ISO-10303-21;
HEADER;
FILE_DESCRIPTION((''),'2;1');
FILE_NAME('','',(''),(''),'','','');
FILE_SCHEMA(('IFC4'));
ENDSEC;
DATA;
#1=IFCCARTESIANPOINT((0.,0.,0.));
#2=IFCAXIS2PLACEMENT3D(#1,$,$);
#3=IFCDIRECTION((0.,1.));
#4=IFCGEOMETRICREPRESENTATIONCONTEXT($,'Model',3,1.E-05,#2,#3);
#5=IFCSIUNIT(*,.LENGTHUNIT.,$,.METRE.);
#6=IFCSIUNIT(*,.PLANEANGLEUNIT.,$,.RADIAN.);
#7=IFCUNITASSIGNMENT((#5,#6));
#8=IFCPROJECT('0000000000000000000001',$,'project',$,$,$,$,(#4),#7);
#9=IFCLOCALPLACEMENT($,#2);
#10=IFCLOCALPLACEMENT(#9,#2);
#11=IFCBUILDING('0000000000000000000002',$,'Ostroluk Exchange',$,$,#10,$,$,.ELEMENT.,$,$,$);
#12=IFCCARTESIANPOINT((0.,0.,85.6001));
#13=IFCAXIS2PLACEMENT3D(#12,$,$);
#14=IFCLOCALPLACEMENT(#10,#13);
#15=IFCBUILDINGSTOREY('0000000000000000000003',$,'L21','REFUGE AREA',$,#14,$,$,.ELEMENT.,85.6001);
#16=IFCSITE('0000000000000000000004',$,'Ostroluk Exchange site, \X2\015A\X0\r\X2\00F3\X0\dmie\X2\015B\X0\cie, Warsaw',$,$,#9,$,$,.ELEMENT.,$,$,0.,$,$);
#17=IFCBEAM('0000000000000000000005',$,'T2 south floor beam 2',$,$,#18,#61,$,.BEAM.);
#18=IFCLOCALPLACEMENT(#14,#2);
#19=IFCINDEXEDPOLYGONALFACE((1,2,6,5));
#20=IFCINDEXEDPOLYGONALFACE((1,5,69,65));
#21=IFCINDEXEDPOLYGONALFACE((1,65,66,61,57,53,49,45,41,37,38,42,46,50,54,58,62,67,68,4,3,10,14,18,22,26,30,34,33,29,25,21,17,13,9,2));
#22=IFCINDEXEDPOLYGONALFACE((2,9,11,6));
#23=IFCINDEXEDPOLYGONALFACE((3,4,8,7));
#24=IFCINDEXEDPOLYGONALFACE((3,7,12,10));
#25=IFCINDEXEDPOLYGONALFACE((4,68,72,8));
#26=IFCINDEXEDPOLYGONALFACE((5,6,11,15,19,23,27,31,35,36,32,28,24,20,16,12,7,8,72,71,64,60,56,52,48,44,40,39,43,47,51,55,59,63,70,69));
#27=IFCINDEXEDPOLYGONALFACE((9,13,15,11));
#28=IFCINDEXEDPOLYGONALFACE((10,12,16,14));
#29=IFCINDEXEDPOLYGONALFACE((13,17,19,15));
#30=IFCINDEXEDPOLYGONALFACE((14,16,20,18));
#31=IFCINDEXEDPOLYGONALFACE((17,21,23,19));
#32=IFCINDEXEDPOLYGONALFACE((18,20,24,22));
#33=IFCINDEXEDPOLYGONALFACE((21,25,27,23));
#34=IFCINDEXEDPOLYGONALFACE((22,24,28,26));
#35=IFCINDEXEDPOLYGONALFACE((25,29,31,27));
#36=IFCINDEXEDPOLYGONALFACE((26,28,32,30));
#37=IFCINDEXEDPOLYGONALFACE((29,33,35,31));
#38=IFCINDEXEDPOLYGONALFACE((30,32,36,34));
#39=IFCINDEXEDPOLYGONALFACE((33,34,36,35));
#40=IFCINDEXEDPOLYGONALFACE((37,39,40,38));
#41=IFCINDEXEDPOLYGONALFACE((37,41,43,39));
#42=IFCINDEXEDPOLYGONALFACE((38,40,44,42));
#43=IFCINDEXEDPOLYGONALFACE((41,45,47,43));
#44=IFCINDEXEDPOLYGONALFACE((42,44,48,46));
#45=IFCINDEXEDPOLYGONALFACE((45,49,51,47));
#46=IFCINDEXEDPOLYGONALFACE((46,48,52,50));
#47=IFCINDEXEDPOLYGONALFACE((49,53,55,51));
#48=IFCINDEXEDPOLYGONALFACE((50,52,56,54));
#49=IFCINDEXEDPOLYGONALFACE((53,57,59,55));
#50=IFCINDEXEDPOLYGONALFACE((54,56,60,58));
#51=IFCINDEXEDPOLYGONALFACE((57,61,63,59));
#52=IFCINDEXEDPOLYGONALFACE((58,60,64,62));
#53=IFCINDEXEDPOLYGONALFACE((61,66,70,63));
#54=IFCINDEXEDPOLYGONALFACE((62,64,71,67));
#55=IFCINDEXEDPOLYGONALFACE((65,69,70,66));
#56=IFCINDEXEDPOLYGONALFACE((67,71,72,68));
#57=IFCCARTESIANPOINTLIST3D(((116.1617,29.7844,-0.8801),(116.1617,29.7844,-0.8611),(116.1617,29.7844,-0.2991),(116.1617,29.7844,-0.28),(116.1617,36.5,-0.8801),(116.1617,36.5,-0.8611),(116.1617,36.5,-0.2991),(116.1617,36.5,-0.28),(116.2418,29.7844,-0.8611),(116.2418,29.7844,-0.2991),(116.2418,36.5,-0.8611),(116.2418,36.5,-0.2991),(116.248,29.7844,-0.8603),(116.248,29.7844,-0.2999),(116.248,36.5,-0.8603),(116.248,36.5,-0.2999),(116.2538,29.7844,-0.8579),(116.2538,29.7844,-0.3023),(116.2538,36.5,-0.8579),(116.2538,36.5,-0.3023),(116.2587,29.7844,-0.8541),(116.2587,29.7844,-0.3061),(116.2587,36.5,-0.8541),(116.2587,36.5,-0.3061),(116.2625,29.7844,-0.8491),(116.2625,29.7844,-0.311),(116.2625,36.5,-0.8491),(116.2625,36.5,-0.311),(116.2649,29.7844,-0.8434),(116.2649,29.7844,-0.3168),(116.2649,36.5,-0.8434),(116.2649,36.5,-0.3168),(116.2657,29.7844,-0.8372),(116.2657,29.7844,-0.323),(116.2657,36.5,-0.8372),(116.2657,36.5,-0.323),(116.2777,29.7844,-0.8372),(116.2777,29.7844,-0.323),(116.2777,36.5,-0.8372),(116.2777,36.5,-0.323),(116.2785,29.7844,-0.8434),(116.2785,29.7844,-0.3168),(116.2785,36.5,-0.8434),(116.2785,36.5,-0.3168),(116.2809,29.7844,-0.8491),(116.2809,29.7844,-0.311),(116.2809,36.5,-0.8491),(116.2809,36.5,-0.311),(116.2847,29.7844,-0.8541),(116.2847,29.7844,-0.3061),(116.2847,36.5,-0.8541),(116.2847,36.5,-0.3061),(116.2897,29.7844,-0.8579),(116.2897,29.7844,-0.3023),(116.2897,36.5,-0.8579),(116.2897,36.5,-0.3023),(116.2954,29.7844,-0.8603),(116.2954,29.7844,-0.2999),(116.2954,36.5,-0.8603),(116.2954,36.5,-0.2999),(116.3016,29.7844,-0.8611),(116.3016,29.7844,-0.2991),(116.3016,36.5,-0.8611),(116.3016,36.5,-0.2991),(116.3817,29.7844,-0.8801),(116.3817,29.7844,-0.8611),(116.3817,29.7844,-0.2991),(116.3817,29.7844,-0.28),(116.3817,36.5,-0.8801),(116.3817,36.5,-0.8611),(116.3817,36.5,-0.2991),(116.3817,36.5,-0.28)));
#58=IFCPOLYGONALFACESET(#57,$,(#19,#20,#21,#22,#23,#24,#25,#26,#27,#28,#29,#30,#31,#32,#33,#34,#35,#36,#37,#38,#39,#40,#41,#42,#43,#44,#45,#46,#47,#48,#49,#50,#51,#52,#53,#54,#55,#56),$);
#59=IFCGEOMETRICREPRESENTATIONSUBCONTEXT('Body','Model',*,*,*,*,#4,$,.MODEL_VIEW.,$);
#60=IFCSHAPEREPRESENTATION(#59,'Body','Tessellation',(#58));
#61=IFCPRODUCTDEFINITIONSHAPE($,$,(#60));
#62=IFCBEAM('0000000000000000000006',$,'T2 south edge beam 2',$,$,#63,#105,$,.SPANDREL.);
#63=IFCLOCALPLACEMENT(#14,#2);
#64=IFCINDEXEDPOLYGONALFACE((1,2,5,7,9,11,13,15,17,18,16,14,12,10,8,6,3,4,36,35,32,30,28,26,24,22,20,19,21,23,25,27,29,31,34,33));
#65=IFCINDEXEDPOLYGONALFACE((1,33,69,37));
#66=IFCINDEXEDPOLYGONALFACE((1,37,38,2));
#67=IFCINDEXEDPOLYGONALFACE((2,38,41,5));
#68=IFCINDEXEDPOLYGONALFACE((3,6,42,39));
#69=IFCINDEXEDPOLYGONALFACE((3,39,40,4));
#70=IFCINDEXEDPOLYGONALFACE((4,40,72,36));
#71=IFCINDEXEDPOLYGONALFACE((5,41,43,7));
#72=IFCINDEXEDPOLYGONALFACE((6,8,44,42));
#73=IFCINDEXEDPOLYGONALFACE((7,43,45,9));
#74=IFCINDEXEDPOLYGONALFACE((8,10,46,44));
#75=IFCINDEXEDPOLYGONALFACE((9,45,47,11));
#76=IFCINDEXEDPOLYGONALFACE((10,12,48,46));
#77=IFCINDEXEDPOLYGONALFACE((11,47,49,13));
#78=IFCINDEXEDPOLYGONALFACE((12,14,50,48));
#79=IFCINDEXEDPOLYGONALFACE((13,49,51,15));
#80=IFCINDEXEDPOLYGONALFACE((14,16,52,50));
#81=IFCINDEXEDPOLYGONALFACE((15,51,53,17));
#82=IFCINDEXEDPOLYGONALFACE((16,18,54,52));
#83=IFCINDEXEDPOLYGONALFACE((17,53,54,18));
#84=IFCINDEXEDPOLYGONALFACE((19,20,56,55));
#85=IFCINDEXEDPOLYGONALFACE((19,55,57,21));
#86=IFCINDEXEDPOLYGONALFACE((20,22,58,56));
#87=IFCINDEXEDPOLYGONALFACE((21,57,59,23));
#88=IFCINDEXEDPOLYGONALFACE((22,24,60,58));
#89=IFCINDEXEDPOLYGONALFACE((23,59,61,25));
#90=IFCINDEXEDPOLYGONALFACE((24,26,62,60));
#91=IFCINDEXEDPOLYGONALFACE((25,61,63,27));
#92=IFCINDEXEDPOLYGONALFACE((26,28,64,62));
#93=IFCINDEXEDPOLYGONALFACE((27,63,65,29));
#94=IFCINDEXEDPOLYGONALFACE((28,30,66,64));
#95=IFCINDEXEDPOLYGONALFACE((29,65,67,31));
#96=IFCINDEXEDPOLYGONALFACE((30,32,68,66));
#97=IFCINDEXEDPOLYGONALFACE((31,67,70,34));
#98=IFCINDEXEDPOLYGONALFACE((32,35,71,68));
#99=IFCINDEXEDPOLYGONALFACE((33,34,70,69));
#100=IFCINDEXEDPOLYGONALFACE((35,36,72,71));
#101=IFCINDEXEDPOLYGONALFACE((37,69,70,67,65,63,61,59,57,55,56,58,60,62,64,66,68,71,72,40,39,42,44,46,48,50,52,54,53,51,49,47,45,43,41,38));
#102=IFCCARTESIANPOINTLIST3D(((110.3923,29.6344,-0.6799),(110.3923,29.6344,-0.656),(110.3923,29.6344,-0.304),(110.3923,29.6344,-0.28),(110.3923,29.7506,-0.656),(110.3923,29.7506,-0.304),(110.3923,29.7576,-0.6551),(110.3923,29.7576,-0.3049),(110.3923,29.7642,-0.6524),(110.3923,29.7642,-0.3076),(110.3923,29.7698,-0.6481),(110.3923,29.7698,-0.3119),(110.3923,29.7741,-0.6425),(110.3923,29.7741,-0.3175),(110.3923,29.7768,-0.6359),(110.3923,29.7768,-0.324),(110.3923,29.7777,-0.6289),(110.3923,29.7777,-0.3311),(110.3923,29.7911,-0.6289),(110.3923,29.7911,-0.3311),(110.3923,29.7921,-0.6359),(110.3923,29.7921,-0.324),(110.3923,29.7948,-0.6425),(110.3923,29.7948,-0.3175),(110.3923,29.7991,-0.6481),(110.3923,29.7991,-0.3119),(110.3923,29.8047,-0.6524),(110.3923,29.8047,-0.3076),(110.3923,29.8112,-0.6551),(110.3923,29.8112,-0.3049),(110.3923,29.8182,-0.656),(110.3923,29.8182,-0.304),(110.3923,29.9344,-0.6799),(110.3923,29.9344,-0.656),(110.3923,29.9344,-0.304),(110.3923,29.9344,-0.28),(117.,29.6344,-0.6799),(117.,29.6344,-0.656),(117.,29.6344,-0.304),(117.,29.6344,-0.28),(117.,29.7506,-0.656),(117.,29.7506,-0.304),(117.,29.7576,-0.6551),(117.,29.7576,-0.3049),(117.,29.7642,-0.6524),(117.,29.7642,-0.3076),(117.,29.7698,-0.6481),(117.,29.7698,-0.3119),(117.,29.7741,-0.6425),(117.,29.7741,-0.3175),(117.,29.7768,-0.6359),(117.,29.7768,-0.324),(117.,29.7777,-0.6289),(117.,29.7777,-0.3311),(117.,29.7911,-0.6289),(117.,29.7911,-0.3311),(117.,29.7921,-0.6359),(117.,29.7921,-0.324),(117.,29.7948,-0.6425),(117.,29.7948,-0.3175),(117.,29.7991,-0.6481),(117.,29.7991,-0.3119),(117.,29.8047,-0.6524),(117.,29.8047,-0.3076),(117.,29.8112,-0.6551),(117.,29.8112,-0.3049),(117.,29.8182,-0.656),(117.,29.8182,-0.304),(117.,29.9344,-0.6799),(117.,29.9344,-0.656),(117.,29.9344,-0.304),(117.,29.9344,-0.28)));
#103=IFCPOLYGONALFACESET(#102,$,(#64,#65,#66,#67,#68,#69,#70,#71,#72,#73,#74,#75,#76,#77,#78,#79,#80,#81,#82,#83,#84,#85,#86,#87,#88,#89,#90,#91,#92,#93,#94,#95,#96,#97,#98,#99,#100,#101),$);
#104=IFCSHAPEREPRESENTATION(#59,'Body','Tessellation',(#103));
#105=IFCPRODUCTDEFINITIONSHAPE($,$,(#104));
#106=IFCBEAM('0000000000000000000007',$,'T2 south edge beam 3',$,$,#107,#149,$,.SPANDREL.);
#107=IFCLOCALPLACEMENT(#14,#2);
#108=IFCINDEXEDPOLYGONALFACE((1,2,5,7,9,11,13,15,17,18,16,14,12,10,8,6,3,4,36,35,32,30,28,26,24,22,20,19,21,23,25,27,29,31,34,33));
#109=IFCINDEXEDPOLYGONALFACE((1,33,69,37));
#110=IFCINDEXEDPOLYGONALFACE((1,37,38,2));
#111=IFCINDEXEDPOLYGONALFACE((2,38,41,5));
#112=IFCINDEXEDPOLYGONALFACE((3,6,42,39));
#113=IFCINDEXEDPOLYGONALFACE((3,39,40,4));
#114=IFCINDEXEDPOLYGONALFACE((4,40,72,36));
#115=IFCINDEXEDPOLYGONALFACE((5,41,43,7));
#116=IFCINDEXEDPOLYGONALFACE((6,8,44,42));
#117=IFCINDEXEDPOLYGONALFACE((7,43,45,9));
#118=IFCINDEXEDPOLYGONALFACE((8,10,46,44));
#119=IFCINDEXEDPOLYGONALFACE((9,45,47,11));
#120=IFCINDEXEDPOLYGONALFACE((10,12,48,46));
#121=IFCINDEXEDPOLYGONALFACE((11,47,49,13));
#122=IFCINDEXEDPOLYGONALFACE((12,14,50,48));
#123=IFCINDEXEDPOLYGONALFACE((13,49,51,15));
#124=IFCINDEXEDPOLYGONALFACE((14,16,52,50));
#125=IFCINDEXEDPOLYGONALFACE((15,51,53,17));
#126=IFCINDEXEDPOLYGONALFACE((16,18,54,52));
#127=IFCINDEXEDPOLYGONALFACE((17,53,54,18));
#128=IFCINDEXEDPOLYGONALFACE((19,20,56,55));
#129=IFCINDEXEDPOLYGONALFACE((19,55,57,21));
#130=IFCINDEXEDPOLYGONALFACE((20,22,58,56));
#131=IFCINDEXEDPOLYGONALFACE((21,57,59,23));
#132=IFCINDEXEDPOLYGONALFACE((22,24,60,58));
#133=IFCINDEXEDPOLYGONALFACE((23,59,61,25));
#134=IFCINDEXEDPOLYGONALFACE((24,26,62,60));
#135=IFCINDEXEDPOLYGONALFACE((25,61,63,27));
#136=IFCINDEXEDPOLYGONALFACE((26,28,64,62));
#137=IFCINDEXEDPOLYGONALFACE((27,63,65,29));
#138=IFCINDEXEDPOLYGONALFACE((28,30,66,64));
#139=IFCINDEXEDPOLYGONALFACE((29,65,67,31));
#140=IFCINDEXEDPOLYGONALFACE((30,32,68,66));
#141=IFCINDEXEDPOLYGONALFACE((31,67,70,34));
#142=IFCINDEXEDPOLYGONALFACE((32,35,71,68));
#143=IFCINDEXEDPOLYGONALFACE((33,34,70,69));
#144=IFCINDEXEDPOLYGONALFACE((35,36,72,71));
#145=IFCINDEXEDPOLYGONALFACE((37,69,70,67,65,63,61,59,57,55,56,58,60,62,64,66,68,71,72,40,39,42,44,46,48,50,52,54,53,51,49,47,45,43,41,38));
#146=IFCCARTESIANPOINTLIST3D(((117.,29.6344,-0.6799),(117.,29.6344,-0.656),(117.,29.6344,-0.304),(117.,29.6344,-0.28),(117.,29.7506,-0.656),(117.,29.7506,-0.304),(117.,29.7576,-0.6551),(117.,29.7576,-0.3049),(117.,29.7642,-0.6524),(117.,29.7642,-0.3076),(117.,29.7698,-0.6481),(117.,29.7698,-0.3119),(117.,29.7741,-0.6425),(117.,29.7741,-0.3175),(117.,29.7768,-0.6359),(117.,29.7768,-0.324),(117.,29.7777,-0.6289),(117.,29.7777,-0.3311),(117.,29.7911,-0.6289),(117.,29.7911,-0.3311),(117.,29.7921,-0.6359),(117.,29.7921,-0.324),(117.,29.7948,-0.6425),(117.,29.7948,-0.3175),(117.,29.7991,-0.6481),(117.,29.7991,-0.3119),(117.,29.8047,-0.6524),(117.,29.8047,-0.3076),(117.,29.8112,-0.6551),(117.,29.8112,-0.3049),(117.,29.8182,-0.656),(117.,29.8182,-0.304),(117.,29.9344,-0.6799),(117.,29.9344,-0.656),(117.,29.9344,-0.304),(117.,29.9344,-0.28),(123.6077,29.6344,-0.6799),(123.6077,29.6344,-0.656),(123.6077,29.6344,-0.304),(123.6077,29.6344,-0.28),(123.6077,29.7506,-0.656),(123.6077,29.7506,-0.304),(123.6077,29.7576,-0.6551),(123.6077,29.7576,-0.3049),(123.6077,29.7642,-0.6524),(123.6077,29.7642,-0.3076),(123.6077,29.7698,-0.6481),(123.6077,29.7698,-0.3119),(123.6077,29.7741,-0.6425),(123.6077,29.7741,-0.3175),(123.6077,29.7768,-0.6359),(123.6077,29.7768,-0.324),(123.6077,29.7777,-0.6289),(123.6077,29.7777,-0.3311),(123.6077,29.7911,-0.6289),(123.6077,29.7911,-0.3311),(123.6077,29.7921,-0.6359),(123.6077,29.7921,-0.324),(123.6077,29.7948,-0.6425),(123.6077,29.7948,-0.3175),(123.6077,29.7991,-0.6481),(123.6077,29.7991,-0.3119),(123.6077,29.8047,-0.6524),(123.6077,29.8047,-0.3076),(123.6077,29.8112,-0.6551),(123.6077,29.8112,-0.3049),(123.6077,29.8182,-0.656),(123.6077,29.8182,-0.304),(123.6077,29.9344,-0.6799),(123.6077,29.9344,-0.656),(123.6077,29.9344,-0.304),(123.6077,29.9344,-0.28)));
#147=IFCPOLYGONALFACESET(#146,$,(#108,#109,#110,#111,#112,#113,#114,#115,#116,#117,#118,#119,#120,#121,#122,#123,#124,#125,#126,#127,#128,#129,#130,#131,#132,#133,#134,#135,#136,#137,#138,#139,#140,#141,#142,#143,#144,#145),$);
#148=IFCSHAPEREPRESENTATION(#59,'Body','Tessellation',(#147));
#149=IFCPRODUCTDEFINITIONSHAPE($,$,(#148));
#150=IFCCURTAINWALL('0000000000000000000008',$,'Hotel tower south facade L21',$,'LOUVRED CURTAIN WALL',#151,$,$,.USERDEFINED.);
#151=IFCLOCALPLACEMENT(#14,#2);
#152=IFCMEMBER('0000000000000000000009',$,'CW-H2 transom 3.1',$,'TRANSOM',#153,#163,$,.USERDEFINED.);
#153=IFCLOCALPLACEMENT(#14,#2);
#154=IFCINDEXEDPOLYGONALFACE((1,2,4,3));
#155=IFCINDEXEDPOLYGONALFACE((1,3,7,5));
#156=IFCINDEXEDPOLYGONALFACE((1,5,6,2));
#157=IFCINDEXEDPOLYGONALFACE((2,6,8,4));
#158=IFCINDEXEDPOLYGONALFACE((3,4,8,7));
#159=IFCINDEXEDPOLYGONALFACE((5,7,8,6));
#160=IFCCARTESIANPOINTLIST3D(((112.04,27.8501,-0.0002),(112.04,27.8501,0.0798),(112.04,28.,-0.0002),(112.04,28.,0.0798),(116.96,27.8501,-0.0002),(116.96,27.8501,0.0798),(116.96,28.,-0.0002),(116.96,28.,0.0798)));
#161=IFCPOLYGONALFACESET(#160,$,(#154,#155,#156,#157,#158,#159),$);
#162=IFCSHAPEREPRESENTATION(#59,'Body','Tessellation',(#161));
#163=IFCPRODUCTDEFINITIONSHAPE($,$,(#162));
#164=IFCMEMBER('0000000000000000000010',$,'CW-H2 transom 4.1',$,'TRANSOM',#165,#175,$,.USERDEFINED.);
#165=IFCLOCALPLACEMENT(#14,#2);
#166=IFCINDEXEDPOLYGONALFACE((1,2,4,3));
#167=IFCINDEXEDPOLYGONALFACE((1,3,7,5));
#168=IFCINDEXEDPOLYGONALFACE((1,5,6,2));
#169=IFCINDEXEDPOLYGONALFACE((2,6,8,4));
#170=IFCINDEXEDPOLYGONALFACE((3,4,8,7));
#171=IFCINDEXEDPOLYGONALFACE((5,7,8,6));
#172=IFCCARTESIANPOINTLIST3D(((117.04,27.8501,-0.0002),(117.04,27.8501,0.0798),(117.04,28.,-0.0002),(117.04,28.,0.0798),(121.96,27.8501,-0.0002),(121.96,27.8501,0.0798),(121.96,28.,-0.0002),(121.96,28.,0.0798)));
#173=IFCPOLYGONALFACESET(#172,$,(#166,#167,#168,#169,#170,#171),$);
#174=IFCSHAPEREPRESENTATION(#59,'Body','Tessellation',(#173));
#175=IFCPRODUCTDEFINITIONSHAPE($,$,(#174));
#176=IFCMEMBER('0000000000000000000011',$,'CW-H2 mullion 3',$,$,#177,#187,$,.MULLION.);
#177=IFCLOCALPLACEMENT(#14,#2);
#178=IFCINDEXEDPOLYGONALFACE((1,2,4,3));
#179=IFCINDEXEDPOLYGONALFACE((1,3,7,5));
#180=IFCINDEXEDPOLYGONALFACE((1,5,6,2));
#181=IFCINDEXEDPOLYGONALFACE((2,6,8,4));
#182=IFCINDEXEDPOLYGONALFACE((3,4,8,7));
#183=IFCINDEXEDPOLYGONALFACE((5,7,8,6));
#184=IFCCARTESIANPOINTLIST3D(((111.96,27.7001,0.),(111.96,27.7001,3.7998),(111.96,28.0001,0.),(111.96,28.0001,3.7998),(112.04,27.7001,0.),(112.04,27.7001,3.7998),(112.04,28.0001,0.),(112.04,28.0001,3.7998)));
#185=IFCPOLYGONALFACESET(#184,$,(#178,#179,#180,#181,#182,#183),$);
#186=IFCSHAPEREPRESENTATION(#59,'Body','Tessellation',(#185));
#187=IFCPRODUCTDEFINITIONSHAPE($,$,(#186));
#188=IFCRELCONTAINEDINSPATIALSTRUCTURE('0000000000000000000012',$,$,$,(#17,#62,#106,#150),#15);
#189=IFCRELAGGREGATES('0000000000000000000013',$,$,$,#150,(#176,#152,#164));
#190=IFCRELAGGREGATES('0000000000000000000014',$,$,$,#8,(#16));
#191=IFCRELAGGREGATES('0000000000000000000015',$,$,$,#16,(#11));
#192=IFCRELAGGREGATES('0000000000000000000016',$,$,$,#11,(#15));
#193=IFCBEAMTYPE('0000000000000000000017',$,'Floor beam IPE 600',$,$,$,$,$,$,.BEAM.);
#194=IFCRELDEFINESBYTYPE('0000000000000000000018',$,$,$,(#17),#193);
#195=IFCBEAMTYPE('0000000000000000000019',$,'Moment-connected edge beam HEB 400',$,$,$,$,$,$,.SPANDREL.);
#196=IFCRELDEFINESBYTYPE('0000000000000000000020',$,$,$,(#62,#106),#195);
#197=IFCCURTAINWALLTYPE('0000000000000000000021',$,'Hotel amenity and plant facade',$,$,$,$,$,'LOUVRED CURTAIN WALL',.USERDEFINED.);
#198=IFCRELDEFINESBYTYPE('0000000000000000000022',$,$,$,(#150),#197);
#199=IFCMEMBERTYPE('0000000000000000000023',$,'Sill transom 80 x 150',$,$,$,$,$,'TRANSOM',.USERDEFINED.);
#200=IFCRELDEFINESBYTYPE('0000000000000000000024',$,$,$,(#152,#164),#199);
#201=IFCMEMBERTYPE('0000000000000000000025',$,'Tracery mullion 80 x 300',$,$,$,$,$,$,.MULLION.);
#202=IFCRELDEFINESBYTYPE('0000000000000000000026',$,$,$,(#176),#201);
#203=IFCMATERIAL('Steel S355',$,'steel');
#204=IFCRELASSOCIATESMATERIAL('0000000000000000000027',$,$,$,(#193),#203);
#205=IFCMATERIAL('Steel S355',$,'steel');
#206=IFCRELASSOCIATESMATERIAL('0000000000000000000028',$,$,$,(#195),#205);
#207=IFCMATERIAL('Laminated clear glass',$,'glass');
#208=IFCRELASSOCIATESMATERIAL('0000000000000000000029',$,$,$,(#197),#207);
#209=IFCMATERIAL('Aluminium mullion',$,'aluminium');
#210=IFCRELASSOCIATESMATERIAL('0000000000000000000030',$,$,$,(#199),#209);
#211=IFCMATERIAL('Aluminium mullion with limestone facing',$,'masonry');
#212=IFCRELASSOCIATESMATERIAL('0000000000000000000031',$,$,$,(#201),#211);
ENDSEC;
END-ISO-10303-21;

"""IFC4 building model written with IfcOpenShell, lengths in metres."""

from ifc_helpers import new_model, si_unit, direction, frame, origin, origin_2d, place, context, subcontext, project, spatial, rectangle, i_section, extrude, material, material_profile, profile_set, type_object, element, aggregate, save


model = new_model("IFC4")

# Units and contexts
model_context = context("Model", 3, precision=1e-05, world=origin(), true_north=direction((0.0, 1.0)))
body_context = subcontext(model_context, "Body", "Model", "MODEL_VIEW")
ifc_project = project(units=[si_unit("LENGTHUNIT", "METRE"), si_unit("PLANEANGLEUNIT", "RADIAN")], contexts=[model_context])

# Site, building, storey
site_placement = place(None, origin())
site = spatial("IfcSite", under=ifc_project, at=site_placement, Name="Ostroluk Exchange site, Śródmieście, Warsaw", CompositionType="ELEMENT", RefElevation=0.0)
building_placement = place(site_placement, origin())
building = spatial("IfcBuilding", under=site, at=building_placement, Name="Ostroluk Exchange", CompositionType="ELEMENT")
storey_placement = place(building_placement, frame((0.0, 0.0, 85.6001)))
storey = spatial("IfcBuildingStorey", under=building, at=storey_placement, Name="L21", Description="REFUGE AREA", CompositionType="ELEMENT", Elevation=85.6001)

# Beams
ifc_material_1 = material(Name="Steel S355", Category="steel")
ifc_material_profile_1 = material_profile(ifc_material_1, i_section(OverallWidth=0.22, OverallDepth=0.6001, WebThickness=0.012, FlangeThickness=0.019, FilletRadius=0.0239, at=origin_2d()), Name="IPE 600")
ifc_profile_set_1 = profile_set([ifc_material_profile_1], Name="Steel S355")
beam_type_1 = type_object("IfcBeamType", Name="Floor beam IPE 600", PredefinedType="BEAM", material=ifc_profile_set_1)
for number, where, z_axis, x_axis, name in (
    (1, (116.2717, 36.5, -0.5801), (0.0, -1.0, 0.0), (1.0, 0.0, 0.0), "T2 south floor beam 2"),
):
    element("IfcBeam", number, at=place(storey_placement, frame(where, z_axis=z_axis, x_axis=x_axis)), inside=storey, type_object=beam_type_1, Name=name, PredefinedType="BEAM", context=body_context, shape_type="SweptSolid", body=[
        extrude(i_section(OverallWidth=0.22, OverallDepth=0.6001, WebThickness=0.012, FlangeThickness=0.019, FilletRadius=0.0239, at=origin_2d()), origin(), (0.0, 0.0, 1.0), 6.7156),
    ])
ifc_material_2 = material(Name="Steel S355", Category="steel")
ifc_material_profile_2 = material_profile(ifc_material_2, i_section(OverallWidth=0.3, OverallDepth=0.3999, WebThickness=0.0134, FlangeThickness=0.0239, FilletRadius=0.0271, at=origin_2d()), Name="HEB 400")
ifc_profile_set_2 = profile_set([ifc_material_profile_2], Name="Steel S355")
beam_type_2 = type_object("IfcBeamType", Name="Moment-connected edge beam HEB 400", PredefinedType="SPANDREL", material=ifc_profile_set_2)
for number, where, z_axis, x_axis, name in (
    (2, (110.3923, 29.7844, -0.48), (1.0, 0.0, 0.0), (0.0, 1.0, 0.0), "T2 south edge beam 2"),
    (3, (117.0, 29.7844, -0.48), (1.0, 0.0, 0.0), (0.0, 1.0, 0.0), "T2 south edge beam 3"),
):
    element("IfcBeam", number, at=place(storey_placement, frame(where, z_axis=z_axis, x_axis=x_axis)), inside=storey, type_object=beam_type_2, Name=name, PredefinedType="SPANDREL", context=body_context, shape_type="SweptSolid", body=[
        extrude(i_section(OverallWidth=0.3, OverallDepth=0.3999, WebThickness=0.0134, FlangeThickness=0.0239, FilletRadius=0.0271, at=origin_2d()), origin(), (0.0, 0.0, 1.0), 6.6077),
    ])

# Curtain wall, members
ifc_material_3 = material(Name="Laminated clear glass", Category="glass")
curtain_wall_type = type_object("IfcCurtainWallType", Name="Hotel amenity and plant facade", ElementType="LOUVRED CURTAIN WALL", PredefinedType="USERDEFINED", material=ifc_material_3)
curtain_wall_placement = place(storey_placement, origin())
curtain_wall = element("IfcCurtainWall", 4, at=curtain_wall_placement, inside=storey, type_object=curtain_wall_type, Name="Hotel tower south facade L21", ObjectType="LOUVRED CURTAIN WALL", PredefinedType="USERDEFINED")
ifc_material_4 = material(Name="Aluminium mullion", Category="aluminium")
ifc_material_profile_3 = material_profile(ifc_material_4, rectangle(XDim=0.1499, YDim=0.0801, at=origin_2d()), Name="Sill transom 80 x 150")
ifc_profile_set_3 = profile_set([ifc_material_profile_3], Name="Aluminium mullion")
member_type_1 = type_object("IfcMemberType", Name="Sill transom 80 x 150", ElementType="TRANSOM", PredefinedType="USERDEFINED", material=ifc_profile_set_3)
member_1_placement = place(storey_placement, frame((112.04, 27.925, 0.0398), z_axis=(1.0, 0.0, 0.0), x_axis=(0.0, 1.0, 0.0)))
member_1 = element("IfcMember", 5, at=member_1_placement, type_object=member_type_1, Name="CW-H2 transom 3.1", ObjectType="TRANSOM", PredefinedType="USERDEFINED", context=body_context, shape_type="SweptSolid", body=[
    extrude(rectangle(XDim=0.1499, YDim=0.0801, at=origin_2d()), origin(), (0.0, 0.0, 1.0), 4.9199),
])
member_2_placement = place(storey_placement, frame((117.04, 27.925, 0.0398), z_axis=(1.0, 0.0, 0.0), x_axis=(0.0, 1.0, 0.0)))
member_2 = element("IfcMember", 6, at=member_2_placement, type_object=member_type_1, Name="CW-H2 transom 4.1", ObjectType="TRANSOM", PredefinedType="USERDEFINED", context=body_context, shape_type="SweptSolid", body=[
    extrude(rectangle(XDim=0.1499, YDim=0.0801, at=origin_2d()), origin(), (0.0, 0.0, 1.0), 4.9199),
])
ifc_material_5 = material(Name="Aluminium mullion with limestone facing", Category="masonry")
ifc_material_profile_4 = material_profile(ifc_material_5, rectangle(XDim=0.3, YDim=0.0801, at=origin_2d()), Name="Tracery mullion 80 x 300")
ifc_profile_set_4 = profile_set([ifc_material_profile_4], Name="Aluminium mullion with limestone facing")
member_type_2 = type_object("IfcMemberType", Name="Tracery mullion 80 x 300", PredefinedType="MULLION", material=ifc_profile_set_4)
member_3_placement = place(storey_placement, frame((112.0, 27.8501, 0.0), z_axis=(0.0, 0.0, 1.0), x_axis=(0.0, 1.0, 0.0)))
member_3 = element("IfcMember", 7, at=member_3_placement, type_object=member_type_2, Name="CW-H2 mullion 3", PredefinedType="MULLION", context=body_context, shape_type="SweptSolid", body=[
    extrude(rectangle(XDim=0.3, YDim=0.0801, at=origin_2d()), origin(), (0.0, 0.0, 1.0), 3.7998),
])
aggregate(curtain_wall, [member_3, member_1, member_2])

save(model, "model.ifc")
